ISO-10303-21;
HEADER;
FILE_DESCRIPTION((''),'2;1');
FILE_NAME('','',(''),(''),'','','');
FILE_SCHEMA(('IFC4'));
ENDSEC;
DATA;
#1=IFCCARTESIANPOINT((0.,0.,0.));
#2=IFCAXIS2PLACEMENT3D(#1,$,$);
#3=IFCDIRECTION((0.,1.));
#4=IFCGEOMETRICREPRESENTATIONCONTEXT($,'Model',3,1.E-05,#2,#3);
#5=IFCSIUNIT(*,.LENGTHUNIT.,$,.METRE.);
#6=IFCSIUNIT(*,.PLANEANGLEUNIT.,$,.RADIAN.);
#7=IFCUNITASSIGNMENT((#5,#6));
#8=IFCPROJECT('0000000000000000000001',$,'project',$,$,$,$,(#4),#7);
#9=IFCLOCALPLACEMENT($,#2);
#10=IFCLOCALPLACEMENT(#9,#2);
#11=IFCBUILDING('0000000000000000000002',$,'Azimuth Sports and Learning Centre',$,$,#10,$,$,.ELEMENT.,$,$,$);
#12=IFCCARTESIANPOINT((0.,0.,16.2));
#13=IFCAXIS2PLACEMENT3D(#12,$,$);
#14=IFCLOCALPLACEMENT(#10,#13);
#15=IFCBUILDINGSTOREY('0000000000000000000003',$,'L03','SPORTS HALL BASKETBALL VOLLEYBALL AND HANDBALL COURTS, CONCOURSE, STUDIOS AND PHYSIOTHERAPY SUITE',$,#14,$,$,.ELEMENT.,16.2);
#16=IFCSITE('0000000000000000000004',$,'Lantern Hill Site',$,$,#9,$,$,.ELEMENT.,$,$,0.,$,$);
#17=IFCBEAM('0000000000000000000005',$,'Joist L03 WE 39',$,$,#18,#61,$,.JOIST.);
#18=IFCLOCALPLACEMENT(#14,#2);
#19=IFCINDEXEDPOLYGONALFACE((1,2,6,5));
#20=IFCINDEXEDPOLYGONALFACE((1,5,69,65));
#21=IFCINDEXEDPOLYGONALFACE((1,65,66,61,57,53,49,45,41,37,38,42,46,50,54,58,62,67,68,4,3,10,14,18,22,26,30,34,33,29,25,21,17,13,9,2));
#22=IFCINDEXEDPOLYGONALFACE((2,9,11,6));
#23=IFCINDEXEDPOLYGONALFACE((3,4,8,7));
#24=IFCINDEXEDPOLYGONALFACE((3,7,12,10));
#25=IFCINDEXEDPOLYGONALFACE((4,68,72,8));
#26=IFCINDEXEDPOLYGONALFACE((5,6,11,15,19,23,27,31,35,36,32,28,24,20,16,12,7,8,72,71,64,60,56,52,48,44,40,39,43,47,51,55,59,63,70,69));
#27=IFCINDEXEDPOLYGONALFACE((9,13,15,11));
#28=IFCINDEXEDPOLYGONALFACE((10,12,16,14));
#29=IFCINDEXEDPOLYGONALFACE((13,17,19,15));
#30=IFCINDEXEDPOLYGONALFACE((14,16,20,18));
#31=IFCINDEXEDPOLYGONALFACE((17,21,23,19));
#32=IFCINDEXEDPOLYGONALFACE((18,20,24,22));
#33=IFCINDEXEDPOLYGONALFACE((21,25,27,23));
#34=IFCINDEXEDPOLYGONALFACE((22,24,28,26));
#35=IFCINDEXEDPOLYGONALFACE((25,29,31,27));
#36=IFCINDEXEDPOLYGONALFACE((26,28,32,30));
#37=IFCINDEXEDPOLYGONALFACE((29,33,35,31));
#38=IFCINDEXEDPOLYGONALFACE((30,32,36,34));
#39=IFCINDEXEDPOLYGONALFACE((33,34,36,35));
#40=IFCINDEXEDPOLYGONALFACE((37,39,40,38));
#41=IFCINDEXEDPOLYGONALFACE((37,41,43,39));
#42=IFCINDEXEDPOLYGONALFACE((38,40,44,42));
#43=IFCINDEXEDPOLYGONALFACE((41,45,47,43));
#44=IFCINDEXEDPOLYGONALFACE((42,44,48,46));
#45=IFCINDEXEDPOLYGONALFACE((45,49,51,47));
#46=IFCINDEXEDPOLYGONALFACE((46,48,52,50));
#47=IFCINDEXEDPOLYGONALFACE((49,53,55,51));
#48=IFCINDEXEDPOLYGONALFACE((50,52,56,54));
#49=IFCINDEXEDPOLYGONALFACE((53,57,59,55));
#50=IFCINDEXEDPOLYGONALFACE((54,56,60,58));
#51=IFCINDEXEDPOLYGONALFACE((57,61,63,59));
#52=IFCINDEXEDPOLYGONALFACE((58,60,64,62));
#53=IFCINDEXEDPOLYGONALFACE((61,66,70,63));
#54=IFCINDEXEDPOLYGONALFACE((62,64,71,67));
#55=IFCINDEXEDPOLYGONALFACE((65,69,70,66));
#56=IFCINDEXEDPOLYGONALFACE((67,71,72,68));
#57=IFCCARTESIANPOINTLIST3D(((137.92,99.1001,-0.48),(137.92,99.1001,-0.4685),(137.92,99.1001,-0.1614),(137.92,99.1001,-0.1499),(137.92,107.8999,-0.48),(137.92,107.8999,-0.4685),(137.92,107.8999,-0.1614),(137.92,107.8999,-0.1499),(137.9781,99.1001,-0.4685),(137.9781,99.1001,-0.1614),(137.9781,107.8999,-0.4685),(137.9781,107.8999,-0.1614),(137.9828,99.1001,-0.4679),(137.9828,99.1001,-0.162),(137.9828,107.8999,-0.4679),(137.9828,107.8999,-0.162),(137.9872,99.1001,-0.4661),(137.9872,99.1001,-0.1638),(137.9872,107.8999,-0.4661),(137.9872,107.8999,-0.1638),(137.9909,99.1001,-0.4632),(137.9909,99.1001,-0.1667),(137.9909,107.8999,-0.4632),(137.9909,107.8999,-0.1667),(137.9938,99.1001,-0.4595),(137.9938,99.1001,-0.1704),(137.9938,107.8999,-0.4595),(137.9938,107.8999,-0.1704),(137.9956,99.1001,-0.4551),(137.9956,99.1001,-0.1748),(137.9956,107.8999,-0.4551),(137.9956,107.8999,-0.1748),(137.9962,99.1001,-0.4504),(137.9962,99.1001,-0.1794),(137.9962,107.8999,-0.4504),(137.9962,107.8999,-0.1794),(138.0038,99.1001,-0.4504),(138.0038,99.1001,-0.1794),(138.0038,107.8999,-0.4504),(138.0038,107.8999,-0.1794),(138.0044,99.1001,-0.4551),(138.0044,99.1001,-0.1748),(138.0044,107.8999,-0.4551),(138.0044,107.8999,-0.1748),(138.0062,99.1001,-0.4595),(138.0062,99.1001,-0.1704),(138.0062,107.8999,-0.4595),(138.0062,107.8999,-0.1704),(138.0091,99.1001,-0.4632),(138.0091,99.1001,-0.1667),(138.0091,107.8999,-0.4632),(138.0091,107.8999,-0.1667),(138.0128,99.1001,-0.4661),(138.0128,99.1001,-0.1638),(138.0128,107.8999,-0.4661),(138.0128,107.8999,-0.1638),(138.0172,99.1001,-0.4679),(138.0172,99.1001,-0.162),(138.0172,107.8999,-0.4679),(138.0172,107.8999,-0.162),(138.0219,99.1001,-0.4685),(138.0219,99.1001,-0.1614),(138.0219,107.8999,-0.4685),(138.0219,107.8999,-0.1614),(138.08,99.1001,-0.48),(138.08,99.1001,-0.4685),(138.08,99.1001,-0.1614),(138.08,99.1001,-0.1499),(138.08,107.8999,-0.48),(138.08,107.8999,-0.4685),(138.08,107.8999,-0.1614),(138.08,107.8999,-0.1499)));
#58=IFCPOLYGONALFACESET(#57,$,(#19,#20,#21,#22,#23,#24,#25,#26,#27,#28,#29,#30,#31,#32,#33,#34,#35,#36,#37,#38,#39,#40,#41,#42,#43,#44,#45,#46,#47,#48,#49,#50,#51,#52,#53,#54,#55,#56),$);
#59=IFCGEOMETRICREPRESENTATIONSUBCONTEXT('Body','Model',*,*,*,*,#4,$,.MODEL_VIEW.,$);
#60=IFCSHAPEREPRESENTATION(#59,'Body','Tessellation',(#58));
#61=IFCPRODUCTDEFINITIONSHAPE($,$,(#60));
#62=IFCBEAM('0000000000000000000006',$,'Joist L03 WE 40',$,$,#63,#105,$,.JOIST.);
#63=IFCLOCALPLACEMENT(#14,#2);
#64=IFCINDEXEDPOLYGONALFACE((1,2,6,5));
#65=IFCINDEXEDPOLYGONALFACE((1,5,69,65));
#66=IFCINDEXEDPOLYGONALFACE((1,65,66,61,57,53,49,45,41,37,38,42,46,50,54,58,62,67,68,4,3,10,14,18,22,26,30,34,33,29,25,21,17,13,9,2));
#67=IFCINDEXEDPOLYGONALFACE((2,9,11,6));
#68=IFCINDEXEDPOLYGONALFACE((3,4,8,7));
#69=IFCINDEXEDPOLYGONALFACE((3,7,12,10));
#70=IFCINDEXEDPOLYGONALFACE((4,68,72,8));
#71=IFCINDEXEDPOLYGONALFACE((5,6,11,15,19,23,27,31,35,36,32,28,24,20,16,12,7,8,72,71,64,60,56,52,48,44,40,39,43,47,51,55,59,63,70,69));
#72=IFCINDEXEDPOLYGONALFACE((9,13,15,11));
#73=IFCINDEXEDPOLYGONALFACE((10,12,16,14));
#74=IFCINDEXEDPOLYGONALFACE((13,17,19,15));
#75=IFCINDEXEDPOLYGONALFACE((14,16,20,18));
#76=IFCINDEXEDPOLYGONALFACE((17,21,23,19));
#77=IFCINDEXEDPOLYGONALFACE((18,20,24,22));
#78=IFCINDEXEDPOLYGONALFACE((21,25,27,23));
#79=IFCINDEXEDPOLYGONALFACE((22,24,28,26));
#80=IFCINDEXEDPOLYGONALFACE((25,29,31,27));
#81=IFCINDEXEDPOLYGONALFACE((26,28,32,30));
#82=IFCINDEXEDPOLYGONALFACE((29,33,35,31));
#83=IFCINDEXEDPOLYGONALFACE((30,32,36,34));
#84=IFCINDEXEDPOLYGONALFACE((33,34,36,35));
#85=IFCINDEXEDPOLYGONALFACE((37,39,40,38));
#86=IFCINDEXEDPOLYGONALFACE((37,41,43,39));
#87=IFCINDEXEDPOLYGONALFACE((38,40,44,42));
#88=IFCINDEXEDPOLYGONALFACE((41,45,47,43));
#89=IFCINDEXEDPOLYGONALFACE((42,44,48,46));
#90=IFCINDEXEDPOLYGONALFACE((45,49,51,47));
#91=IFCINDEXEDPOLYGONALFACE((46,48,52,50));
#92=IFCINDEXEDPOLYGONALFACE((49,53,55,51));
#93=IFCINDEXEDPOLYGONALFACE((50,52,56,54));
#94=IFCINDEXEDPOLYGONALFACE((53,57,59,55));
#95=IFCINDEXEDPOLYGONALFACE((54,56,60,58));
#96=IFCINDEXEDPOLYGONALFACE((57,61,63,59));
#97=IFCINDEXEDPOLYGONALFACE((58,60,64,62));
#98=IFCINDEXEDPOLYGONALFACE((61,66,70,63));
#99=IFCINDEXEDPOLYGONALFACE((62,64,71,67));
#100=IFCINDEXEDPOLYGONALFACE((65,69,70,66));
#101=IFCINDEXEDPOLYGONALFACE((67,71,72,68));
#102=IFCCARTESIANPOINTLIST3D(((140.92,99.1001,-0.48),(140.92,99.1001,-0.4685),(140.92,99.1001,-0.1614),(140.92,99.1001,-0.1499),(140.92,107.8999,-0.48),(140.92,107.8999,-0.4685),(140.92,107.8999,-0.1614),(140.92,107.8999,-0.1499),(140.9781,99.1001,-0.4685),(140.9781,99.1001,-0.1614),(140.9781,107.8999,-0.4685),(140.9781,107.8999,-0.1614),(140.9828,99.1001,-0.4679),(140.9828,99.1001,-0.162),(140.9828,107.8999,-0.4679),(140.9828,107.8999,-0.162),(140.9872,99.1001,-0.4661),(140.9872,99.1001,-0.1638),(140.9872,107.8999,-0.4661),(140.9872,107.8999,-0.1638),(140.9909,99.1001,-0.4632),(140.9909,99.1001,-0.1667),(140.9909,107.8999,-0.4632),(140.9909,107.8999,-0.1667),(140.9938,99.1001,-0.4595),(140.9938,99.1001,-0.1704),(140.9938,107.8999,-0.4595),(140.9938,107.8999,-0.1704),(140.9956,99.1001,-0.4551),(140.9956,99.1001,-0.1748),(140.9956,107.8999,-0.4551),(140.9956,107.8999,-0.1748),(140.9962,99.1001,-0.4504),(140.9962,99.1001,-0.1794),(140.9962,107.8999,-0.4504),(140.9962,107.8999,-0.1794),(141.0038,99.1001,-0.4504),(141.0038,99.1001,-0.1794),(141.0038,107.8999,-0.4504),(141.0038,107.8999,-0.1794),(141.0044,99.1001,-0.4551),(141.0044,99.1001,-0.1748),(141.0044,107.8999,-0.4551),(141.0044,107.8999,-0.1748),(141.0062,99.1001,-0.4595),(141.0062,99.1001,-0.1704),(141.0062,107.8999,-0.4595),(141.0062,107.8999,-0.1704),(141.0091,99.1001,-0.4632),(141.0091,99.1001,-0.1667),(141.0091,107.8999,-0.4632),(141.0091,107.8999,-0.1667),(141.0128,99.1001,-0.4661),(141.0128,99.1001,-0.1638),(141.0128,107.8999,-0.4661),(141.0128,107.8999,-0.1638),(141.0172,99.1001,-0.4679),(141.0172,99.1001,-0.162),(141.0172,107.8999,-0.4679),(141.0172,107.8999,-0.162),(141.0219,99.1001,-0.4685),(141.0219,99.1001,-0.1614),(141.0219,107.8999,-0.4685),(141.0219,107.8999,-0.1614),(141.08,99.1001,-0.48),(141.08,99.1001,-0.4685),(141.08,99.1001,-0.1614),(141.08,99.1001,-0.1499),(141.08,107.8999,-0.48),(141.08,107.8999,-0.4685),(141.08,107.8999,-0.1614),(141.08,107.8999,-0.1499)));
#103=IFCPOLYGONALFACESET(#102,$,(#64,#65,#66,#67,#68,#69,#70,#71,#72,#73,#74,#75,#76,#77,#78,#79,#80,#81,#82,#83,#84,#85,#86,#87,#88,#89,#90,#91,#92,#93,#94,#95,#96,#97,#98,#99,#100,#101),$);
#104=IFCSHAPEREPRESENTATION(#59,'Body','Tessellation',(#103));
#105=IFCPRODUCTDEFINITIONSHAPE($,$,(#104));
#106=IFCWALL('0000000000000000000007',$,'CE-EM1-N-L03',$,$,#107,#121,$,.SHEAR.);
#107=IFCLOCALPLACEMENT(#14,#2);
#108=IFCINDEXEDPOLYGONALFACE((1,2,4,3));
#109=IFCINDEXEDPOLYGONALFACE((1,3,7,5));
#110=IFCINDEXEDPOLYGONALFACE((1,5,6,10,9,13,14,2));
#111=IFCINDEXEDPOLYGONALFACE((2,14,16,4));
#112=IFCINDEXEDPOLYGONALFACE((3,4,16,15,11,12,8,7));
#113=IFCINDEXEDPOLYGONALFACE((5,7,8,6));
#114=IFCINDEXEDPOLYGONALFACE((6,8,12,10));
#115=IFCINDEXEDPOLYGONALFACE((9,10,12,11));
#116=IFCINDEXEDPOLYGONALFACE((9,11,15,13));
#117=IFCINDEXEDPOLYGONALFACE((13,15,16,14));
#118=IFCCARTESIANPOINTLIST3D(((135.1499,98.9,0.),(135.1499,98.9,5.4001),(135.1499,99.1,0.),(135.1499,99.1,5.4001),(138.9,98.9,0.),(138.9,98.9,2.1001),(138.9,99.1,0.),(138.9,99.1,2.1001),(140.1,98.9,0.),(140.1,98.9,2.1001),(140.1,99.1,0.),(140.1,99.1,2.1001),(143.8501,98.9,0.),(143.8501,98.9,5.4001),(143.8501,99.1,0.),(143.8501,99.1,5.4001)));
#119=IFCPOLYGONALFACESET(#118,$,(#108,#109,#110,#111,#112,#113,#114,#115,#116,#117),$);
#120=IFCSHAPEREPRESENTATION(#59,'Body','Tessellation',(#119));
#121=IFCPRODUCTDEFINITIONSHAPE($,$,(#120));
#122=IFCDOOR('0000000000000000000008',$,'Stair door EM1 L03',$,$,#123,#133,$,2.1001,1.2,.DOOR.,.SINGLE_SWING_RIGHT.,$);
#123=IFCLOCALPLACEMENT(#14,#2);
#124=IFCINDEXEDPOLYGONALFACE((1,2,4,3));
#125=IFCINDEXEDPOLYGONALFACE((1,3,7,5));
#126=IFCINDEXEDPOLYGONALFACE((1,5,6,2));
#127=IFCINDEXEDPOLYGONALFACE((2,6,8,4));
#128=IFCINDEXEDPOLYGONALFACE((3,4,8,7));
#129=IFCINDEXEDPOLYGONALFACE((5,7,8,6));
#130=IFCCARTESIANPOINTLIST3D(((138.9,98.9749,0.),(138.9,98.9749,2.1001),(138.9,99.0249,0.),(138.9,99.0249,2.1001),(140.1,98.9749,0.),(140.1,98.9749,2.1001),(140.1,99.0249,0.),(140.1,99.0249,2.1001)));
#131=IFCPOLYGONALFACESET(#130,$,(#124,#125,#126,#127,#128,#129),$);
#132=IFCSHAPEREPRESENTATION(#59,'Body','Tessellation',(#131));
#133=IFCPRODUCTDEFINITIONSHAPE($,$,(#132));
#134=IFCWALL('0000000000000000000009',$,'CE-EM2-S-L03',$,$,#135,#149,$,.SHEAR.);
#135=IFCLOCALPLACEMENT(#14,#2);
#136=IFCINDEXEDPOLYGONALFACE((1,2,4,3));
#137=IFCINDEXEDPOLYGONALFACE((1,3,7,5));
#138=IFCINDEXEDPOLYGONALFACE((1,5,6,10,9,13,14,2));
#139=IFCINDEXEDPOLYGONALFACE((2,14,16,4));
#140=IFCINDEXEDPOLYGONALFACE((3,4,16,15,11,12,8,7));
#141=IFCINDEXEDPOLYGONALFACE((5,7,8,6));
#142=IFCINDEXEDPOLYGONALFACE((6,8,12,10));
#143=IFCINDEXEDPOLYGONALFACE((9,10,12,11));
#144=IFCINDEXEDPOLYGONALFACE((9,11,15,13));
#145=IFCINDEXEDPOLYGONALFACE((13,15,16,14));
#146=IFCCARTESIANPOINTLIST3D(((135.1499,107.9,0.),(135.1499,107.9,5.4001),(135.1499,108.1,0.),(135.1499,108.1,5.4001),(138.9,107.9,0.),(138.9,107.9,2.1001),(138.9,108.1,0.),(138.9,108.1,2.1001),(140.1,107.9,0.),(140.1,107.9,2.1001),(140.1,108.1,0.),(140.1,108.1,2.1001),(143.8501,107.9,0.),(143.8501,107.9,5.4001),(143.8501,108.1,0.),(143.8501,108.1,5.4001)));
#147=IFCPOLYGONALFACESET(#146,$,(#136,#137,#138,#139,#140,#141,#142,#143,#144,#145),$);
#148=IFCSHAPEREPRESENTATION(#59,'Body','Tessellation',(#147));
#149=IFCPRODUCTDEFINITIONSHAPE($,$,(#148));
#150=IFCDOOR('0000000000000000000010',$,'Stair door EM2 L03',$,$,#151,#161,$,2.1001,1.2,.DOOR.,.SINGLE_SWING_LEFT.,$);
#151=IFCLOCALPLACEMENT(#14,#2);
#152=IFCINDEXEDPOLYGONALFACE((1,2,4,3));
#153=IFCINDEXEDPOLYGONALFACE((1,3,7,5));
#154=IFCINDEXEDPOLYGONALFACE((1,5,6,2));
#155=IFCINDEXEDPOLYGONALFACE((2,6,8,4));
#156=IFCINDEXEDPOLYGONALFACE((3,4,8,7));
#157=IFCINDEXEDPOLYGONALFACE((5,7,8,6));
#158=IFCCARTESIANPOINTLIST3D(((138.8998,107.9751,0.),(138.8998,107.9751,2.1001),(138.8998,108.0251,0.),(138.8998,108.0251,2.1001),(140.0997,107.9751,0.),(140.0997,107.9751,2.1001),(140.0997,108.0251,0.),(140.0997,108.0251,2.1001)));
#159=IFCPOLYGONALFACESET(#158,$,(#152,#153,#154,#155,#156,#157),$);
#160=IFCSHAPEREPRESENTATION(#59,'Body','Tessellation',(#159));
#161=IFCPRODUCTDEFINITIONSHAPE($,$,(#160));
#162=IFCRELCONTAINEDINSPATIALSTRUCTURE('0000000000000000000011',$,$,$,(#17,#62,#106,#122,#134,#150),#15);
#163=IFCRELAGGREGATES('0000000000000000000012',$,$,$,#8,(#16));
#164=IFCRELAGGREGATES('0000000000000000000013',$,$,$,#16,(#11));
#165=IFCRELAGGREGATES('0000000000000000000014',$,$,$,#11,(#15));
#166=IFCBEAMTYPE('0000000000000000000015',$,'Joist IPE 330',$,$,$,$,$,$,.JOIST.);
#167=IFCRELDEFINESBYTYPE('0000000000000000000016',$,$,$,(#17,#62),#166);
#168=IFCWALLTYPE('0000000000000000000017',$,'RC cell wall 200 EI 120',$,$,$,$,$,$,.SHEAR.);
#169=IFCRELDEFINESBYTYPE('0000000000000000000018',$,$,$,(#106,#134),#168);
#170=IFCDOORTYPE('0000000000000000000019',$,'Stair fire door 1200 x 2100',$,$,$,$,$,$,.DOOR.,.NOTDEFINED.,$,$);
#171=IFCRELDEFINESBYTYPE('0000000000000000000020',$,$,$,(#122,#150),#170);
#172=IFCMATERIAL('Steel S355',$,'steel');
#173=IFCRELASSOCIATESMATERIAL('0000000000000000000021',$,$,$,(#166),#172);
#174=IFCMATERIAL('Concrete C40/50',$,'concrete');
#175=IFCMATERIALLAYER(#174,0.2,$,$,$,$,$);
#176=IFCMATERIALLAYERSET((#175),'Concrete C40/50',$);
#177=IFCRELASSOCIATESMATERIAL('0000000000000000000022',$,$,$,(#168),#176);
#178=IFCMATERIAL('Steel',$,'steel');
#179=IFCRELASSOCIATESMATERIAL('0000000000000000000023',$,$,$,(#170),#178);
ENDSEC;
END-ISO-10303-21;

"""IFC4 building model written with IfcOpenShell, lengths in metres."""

from ifc_helpers import new_model, si_unit, direction, frame, frame_2d, origin, origin_2d, place, context, subcontext, project, spatial, rectangle, i_section, extrude, material, layer, layer_set, material_profile, profile_set, type_object, element, fill, save


model = new_model("IFC4")

# Units and contexts
model_context = context("Model", 3, precision=1e-05, world=origin(), true_north=direction((0.0, 1.0)))
body_context = subcontext(model_context, "Body", "Model", "MODEL_VIEW")
ifc_project = project(units=[si_unit("LENGTHUNIT", "METRE"), si_unit("PLANEANGLEUNIT", "RADIAN")], contexts=[model_context])

# Site, building, storey
site_placement = place(None, origin())
site = spatial("IfcSite", under=ifc_project, at=site_placement, Name="Lantern Hill Site", CompositionType="ELEMENT", RefElevation=0.0)
building_placement = place(site_placement, origin())
building = spatial("IfcBuilding", under=site, at=building_placement, Name="Azimuth Sports and Learning Centre", CompositionType="ELEMENT")
storey_placement = place(building_placement, frame((0.0, 0.0, 16.2)))
storey = spatial("IfcBuildingStorey", under=building, at=storey_placement, Name="L03", Description="SPORTS HALL BASKETBALL VOLLEYBALL AND HANDBALL COURTS, CONCOURSE, STUDIOS AND PHYSIOTHERAPY SUITE", CompositionType="ELEMENT", Elevation=16.2)

# Beams
ifc_material_1 = material(Name="Steel S355", Category="steel")
ifc_material_profile_1 = material_profile(ifc_material_1, i_section(OverallWidth=0.1599, OverallDepth=0.3301, WebThickness=0.0076, FlangeThickness=0.0115, FilletRadius=0.0181, at=origin_2d()), Name="IPE 330")
ifc_profile_set_1 = profile_set([ifc_material_profile_1], Name="Steel S355")
beam_type_1 = type_object("IfcBeamType", Name="Joist IPE 330", PredefinedType="JOIST", material=ifc_profile_set_1)
for number, where, z_axis, x_axis, name in (
    (1, (138.0, 99.1001, -0.3149), (0.0, 1.0, 0.0), (-1.0, 0.0, 0.0), "Joist L03 WE 39"),
    (2, (141.0, 99.1001, -0.3149), (0.0, 1.0, 0.0), (-1.0, 0.0, 0.0), "Joist L03 WE 40"),
):
    element("IfcBeam", number, at=place(storey_placement, frame(where, z_axis=z_axis, x_axis=x_axis)), inside=storey, type_object=beam_type_1, Name=name, PredefinedType="JOIST", context=body_context, shape_type="SweptSolid", body=[
        extrude(i_section(OverallWidth=0.1599, OverallDepth=0.3301, WebThickness=0.0076, FlangeThickness=0.0115, FilletRadius=0.0181, at=origin_2d()), origin(), (0.0, 0.0, 1.0), 8.7998),
    ])

# Walls, openings, doors
ifc_material_2 = material(Name="Concrete C40/50", Category="concrete")
ifc_layer_1 = layer(ifc_material_2, 0.2)
ifc_layer_set_1 = layer_set([ifc_layer_1], Name="Concrete C40/50")
wall_type = type_object("IfcWallType", Name="RC cell wall 200 EI 120", PredefinedType="SHEAR", material=ifc_layer_set_1)
wall_1_placement = place(storey_placement, frame((135.1499, 99.0, 0.0), z_axis=(0.0, 0.0, 1.0), x_axis=(1.0, 0.0, 0.0)))
wall_1 = element("IfcWall", 3, at=wall_1_placement, inside=storey, type_object=wall_type, Name="CE-EM1-N-L03", PredefinedType="SHEAR", context=body_context, shape_type="SweptSolid", body=[
    extrude(rectangle(XDim=8.7002, YDim=0.2, at=frame_2d((4.3501, 0.0))), origin(), (0.0, 0.0, 1.0), 5.4001),
])
opening_1_placement = place(wall_1_placement, frame((3.75, 0.0, 0.0)))
opening_1 = element("IfcOpeningElement", 4, at=opening_1_placement, cuts=wall_1, PredefinedType="OPENING", context=body_context, shape_type="SweptSolid", body=[
    extrude(rectangle(XDim=1.2, YDim=2.1001, at=frame_2d((0.6001, 1.05))), frame((0.0, 0.1108, 0.0), z_axis=(0.0, -1.0, 0.0), x_axis=(1.0, 0.0, 0.0)), (0.0, 0.0, 1.0), 0.2219),
])
ifc_material_3 = material(Name="Steel", Category="steel")
door_type = type_object("IfcDoorType", Name="Stair fire door 1200 x 2100", OperationType="NOTDEFINED", PredefinedType="DOOR", material=ifc_material_3)
door_1_placement = place(opening_1_placement, origin())
door_1 = element("IfcDoor", 5, at=door_1_placement, inside=storey, type_object=door_type, Name="Stair door EM1 L03", OperationType="SINGLE_SWING_RIGHT", OverallHeight=2.1001, OverallWidth=1.2, PredefinedType="DOOR", context=body_context, shape_type="SweptSolid", body=[
    extrude(rectangle(XDim=1.2, YDim=2.1001, at=frame_2d((0.6001, 1.05))), frame((0.0, 0.0249, 0.0), z_axis=(0.0, -1.0, 0.0), x_axis=(1.0, 0.0, 0.0)), (0.0, 0.0, 1.0), 0.05),
])
fill(opening_1, door_1)
wall_2_placement = place(storey_placement, frame((135.1499, 108.0, 0.0), z_axis=(0.0, 0.0, 1.0), x_axis=(1.0, 0.0, 0.0)))
wall_2 = element("IfcWall", 6, at=wall_2_placement, inside=storey, type_object=wall_type, Name="CE-EM2-S-L03", PredefinedType="SHEAR", context=body_context, shape_type="SweptSolid", body=[
    extrude(rectangle(XDim=8.7002, YDim=0.2, at=frame_2d((4.3501, 0.0))), origin(), (0.0, 0.0, 1.0), 5.4001),
])
opening_2_placement = place(wall_2_placement, frame((3.75, 0.0, 0.0)))
opening_2 = element("IfcOpeningElement", 7, at=opening_2_placement, cuts=wall_2, PredefinedType="OPENING", context=body_context, shape_type="SweptSolid", body=[
    extrude(rectangle(XDim=1.2, YDim=2.1001, at=frame_2d((0.6001, 1.05))), frame((0.0, 0.1108, 0.0), z_axis=(0.0, -1.0, 0.0), x_axis=(1.0, 0.0, 0.0)), (0.0, 0.0, 1.0), 0.2219),
])
door_2_placement = place(opening_2_placement, frame((1.2, 0.0, 0.0), z_axis=(0.0, 0.0, 1.0), x_axis=(-1.0, 0.0, 0.0)))
door_2 = element("IfcDoor", 8, at=door_2_placement, inside=storey, type_object=door_type, Name="Stair door EM2 L03", OperationType="SINGLE_SWING_LEFT", OverallHeight=2.1001, OverallWidth=1.2, PredefinedType="DOOR", context=body_context, shape_type="SweptSolid", body=[
    extrude(rectangle(XDim=1.2, YDim=2.1001, at=frame_2d((0.6001, 1.05))), frame((0.0, 0.0249, 0.0), z_axis=(0.0, -1.0, 0.0), x_axis=(1.0, 0.0, 0.0)), (0.0, 0.0, 1.0), 0.05),
])
fill(opening_2, door_2)

save(model, "model.ifc")
